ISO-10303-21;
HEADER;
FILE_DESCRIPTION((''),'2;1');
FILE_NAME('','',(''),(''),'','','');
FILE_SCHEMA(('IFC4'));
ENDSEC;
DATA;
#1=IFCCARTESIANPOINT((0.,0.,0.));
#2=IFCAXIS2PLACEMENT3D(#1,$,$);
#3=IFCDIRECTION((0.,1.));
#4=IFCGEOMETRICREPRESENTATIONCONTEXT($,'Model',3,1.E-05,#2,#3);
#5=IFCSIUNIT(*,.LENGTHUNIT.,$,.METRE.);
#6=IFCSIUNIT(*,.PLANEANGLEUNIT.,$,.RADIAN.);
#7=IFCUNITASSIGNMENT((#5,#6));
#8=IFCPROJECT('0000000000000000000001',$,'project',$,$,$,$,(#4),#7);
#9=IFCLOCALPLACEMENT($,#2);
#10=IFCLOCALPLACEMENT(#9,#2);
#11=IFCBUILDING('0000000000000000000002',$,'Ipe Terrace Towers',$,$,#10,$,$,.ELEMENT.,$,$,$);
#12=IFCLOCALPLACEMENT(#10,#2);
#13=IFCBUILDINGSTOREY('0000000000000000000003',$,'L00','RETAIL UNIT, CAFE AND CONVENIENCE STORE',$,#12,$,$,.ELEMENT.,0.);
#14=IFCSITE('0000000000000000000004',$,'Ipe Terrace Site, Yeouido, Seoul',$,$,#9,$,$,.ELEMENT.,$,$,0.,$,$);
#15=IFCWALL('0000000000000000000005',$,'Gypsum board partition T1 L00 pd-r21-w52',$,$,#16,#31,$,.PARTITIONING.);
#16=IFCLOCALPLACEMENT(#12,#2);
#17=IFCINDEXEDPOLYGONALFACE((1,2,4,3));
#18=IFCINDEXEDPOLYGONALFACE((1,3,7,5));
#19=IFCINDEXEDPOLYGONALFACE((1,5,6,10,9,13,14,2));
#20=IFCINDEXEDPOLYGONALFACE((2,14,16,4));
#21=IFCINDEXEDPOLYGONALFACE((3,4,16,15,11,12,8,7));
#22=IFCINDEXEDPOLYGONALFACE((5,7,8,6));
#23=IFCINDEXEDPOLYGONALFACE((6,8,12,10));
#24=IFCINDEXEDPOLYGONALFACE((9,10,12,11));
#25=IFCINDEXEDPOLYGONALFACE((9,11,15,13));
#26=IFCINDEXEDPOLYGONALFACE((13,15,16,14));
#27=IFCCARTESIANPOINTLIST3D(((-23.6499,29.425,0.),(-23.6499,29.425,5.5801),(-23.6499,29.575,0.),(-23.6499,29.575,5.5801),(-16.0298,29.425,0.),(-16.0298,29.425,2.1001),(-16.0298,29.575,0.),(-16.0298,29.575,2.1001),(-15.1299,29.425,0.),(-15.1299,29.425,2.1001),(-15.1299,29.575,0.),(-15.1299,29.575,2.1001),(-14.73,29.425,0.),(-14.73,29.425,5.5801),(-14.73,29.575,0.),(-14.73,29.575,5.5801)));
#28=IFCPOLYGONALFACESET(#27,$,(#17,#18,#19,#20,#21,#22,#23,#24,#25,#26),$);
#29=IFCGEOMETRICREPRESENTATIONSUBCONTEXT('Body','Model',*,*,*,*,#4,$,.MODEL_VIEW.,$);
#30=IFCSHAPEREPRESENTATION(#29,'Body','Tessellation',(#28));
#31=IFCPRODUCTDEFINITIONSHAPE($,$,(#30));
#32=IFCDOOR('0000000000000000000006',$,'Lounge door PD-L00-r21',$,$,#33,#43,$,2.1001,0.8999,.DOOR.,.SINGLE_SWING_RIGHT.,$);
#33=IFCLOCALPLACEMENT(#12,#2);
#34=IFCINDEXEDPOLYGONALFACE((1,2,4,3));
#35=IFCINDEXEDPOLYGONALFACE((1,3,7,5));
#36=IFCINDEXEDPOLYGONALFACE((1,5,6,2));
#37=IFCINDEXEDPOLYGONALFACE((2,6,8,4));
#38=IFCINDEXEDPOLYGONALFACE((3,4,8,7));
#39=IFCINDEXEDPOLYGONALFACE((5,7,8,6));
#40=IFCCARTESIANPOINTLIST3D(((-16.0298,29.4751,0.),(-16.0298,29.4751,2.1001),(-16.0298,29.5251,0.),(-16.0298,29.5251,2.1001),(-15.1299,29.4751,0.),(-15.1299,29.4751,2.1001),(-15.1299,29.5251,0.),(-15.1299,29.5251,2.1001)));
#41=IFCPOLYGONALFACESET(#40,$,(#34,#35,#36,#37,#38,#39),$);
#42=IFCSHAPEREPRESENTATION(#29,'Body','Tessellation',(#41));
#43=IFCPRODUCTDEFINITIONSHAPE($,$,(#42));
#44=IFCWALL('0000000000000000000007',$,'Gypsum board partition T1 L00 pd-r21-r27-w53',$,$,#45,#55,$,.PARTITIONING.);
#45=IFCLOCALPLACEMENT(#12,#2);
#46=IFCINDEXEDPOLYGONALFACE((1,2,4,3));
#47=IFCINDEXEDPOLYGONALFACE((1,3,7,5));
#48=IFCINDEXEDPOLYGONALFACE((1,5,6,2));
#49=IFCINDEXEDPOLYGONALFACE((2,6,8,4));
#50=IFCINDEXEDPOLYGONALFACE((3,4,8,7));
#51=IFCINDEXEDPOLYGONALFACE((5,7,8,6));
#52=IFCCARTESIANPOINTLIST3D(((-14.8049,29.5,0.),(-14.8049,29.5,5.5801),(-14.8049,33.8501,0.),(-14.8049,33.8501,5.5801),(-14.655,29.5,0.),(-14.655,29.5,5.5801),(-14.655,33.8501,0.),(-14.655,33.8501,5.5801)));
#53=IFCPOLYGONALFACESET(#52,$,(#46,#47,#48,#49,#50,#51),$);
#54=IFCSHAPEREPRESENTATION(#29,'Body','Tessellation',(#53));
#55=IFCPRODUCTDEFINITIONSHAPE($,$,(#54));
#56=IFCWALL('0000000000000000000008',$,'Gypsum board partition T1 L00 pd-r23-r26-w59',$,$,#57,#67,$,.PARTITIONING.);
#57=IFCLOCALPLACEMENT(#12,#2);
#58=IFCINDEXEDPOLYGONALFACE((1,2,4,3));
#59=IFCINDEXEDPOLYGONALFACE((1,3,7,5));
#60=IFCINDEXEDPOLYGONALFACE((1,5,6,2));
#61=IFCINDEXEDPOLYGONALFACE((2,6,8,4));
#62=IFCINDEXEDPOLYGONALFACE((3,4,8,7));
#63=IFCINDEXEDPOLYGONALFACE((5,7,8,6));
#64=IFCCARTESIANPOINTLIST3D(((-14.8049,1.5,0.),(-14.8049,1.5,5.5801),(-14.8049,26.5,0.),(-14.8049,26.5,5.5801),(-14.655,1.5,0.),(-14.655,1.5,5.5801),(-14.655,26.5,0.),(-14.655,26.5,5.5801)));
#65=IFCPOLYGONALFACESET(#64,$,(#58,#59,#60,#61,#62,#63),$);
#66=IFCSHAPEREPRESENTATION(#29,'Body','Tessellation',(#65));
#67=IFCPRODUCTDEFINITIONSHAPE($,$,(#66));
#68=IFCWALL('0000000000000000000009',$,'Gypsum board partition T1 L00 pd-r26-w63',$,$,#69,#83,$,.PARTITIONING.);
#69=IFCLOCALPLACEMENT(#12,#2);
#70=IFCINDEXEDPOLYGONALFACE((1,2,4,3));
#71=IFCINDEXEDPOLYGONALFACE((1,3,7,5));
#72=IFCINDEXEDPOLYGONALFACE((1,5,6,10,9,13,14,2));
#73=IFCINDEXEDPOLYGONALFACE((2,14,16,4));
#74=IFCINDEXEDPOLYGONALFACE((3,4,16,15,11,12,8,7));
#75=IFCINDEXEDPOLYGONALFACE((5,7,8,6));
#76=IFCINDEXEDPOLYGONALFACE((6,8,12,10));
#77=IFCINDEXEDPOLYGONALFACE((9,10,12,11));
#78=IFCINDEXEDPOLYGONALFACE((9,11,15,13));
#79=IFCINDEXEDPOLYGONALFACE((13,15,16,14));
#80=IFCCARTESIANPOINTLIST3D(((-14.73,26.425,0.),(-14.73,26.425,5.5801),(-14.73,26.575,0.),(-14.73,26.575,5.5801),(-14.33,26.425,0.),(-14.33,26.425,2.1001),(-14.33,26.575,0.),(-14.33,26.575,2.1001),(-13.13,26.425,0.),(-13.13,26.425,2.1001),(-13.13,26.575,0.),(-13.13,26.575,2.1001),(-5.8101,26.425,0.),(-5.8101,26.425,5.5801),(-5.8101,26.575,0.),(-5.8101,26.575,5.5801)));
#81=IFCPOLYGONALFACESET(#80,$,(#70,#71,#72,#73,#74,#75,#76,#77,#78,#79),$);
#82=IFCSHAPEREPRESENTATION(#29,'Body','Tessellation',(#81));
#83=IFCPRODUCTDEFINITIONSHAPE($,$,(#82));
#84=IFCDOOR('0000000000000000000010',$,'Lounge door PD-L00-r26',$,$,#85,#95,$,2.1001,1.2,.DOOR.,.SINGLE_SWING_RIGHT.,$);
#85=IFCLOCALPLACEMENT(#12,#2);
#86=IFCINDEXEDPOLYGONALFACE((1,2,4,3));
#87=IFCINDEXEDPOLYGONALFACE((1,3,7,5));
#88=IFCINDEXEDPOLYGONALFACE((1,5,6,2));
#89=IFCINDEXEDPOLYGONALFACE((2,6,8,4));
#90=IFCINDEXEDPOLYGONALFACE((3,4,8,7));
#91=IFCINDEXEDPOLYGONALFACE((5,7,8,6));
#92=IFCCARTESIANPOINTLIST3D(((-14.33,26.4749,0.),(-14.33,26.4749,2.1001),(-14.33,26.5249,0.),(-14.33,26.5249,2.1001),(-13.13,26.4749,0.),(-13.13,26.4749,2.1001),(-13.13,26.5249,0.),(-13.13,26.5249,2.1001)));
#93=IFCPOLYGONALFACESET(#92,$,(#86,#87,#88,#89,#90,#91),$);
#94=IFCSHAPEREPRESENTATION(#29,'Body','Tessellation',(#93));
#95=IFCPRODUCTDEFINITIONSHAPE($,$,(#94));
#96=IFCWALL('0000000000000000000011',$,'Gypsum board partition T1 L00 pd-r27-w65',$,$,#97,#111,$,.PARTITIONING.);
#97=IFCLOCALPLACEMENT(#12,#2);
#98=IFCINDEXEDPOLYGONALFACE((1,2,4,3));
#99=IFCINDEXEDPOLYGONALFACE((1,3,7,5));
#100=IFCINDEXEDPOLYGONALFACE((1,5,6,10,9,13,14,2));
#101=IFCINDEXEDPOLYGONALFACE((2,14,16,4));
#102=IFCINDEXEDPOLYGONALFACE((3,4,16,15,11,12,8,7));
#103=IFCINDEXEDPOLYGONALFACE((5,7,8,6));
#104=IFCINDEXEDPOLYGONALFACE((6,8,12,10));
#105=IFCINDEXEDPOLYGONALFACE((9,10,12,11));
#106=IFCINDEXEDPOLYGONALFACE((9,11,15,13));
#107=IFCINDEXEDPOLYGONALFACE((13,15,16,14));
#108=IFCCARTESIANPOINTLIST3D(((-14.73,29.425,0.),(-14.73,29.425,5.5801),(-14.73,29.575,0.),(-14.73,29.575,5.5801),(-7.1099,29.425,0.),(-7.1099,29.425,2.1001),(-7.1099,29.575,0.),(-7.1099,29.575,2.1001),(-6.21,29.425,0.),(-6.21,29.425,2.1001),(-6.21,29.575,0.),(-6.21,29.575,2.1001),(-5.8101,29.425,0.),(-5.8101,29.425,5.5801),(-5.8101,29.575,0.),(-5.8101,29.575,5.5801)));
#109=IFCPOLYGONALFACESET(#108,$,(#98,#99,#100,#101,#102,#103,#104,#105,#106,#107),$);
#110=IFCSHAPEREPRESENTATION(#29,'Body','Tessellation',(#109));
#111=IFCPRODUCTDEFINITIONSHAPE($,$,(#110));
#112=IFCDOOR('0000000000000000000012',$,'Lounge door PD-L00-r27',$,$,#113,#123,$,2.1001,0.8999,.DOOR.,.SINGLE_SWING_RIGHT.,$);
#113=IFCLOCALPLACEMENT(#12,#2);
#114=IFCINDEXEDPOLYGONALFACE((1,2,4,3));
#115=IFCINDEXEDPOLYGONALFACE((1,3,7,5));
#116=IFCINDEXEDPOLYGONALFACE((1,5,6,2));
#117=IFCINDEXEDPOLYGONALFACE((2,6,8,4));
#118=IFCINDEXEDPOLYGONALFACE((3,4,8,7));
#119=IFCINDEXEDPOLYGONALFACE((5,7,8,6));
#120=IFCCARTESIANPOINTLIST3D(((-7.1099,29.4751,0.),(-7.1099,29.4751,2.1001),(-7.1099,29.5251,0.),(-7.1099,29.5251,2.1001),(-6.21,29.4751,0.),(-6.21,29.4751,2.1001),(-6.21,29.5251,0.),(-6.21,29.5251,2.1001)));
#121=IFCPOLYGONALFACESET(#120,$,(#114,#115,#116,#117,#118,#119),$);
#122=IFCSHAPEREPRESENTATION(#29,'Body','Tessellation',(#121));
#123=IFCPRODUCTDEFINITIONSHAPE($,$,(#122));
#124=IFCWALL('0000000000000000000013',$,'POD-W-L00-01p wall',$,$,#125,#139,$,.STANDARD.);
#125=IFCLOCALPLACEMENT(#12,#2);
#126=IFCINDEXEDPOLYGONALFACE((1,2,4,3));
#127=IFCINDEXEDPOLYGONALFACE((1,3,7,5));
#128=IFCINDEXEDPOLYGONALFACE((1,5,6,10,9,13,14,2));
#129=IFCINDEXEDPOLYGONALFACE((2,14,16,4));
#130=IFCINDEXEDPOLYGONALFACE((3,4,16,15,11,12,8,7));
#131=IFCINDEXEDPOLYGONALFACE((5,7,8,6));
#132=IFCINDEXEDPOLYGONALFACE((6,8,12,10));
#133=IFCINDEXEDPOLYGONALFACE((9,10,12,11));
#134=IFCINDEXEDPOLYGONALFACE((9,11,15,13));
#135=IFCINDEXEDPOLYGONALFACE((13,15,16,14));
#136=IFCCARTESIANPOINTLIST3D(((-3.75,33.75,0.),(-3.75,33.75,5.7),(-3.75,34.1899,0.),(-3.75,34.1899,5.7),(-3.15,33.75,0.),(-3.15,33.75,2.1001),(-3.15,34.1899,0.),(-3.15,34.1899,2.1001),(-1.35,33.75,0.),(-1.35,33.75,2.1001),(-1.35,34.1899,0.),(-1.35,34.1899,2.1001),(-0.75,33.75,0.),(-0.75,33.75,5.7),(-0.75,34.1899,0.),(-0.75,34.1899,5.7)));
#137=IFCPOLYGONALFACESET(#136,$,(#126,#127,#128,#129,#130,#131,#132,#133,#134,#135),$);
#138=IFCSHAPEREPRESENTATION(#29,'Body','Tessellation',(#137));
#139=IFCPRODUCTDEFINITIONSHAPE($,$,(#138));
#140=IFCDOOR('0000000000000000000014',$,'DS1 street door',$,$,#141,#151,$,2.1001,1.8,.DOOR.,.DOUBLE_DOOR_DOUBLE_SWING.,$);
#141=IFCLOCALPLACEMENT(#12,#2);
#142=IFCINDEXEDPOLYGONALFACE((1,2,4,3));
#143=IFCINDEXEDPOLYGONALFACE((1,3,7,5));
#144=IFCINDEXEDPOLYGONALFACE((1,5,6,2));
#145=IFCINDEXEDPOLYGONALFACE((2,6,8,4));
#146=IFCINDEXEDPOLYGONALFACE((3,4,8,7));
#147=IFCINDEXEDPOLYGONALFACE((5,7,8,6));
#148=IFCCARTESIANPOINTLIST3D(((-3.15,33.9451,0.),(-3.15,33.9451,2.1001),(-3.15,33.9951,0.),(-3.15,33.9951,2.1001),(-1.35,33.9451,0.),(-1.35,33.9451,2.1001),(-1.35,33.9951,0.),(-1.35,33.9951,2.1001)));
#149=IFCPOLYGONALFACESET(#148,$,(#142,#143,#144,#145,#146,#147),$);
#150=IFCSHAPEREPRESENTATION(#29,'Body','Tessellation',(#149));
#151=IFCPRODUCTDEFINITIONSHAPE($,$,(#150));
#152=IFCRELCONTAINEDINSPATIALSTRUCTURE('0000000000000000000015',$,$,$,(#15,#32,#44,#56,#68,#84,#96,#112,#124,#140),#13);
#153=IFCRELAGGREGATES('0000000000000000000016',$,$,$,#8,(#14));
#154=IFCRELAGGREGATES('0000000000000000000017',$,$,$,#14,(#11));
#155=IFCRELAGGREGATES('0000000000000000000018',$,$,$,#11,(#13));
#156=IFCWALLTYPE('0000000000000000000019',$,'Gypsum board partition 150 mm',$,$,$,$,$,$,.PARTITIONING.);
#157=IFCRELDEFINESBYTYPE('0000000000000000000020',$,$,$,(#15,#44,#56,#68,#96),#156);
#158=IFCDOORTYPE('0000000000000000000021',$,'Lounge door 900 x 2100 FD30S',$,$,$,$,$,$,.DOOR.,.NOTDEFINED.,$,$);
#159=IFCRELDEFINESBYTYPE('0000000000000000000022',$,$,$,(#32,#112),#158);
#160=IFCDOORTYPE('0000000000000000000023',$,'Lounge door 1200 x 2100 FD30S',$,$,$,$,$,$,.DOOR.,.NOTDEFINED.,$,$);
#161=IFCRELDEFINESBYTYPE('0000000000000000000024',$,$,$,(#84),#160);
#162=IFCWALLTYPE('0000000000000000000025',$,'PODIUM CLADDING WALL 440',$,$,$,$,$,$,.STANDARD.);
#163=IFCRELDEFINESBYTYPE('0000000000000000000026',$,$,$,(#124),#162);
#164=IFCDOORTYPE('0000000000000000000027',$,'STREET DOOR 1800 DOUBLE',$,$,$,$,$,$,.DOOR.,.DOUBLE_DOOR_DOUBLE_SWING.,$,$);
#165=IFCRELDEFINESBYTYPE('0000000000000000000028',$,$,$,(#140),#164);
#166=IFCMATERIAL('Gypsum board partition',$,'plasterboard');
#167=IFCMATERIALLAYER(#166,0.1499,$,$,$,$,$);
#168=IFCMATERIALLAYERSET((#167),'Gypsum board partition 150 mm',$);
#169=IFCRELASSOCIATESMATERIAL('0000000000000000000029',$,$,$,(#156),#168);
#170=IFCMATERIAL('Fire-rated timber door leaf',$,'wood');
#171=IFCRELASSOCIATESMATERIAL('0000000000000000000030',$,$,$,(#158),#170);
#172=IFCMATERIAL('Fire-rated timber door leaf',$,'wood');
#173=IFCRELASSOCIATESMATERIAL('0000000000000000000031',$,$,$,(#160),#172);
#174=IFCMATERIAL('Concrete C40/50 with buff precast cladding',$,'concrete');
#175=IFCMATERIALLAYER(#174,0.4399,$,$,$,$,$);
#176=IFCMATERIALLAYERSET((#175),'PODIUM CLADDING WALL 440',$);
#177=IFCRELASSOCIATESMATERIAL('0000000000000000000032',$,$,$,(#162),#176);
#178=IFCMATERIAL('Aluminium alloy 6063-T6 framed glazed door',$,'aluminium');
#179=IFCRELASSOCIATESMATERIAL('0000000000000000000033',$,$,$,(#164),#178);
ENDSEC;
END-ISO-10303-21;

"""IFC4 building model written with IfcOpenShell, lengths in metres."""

from ifc_helpers import new_model, si_unit, direction, frame, frame_2d, origin, place, context, subcontext, project, spatial, rectangle, extrude, material, layer, layer_set, type_object, element, fill, save


model = new_model("IFC4")

# Units and contexts
model_context = context("Model", 3, precision=1e-05, world=origin(), true_north=direction((0.0, 1.0)))
body_context = subcontext(model_context, "Body", "Model", "MODEL_VIEW")
ifc_project = project(units=[si_unit("LENGTHUNIT", "METRE"), si_unit("PLANEANGLEUNIT", "RADIAN")], contexts=[model_context])

# Site, building, storey
site_placement = place(None, origin())
site = spatial("IfcSite", under=ifc_project, at=site_placement, Name="Ipe Terrace Site, Yeouido, Seoul", CompositionType="ELEMENT", RefElevation=0.0)
building_placement = place(site_placement, origin())
building = spatial("IfcBuilding", under=site, at=building_placement, Name="Ipe Terrace Towers", CompositionType="ELEMENT")
storey_placement = place(building_placement, origin())
storey = spatial("IfcBuildingStorey", under=building, at=storey_placement, Name="L00", Description="RETAIL UNIT, CAFE AND CONVENIENCE STORE", CompositionType="ELEMENT", Elevation=0.0)

# Wall, opening, door
ifc_material_1 = material(Name="Gypsum board partition", Category="plasterboard")
ifc_layer_1 = layer(ifc_material_1, 0.1499)
ifc_layer_set_1 = layer_set([ifc_layer_1], Name="Gypsum board partition 150 mm")
wall_type_1 = type_object("IfcWallType", Name="Gypsum board partition 150 mm", PredefinedType="PARTITIONING", material=ifc_layer_set_1)
wall_1_placement = place(storey_placement, frame((-14.73, 29.5, 0.0), z_axis=(0.0, 0.0, 1.0), x_axis=(-1.0, 0.0, 0.0)))
wall_1 = element("IfcWall", 1, at=wall_1_placement, inside=storey, type_object=wall_type_1, Name="Gypsum board partition T1 L00 pd-r21-w52", PredefinedType="PARTITIONING", context=body_context, shape_type="SweptSolid", body=[
    extrude(rectangle(XDim=8.9199, YDim=0.1499, at=frame_2d((4.46, 0.0))), origin(), (0.0, 0.0, 1.0), 5.5801),
])
opening_1_placement = place(wall_1_placement, frame((0.3999, 0.0, 0.0)))
opening_1 = element("IfcOpeningElement", 2, at=opening_1_placement, cuts=wall_1, PredefinedType="OPENING", context=body_context, shape_type="SweptSolid", body=[
    extrude(rectangle(XDim=0.8999, YDim=2.1001, at=frame_2d((0.45, 1.05))), frame((0.0, 0.085, 0.0), z_axis=(0.0, -1.0, 0.0), x_axis=(1.0, 0.0, 0.0)), (0.0, 0.0, 1.0), 0.1699),
])
ifc_material_2 = material(Name="Fire-rated timber door leaf", Category="wood")
door_type_1 = type_object("IfcDoorType", Name="Lounge door 900 x 2100 FD30S", OperationType="NOTDEFINED", PredefinedType="DOOR", material=ifc_material_2)
door_1_placement = place(opening_1_placement, origin())
door_1 = element("IfcDoor", 3, at=door_1_placement, inside=storey, type_object=door_type_1, Name="Lounge door PD-L00-r21", OperationType="SINGLE_SWING_RIGHT", OverallHeight=2.1001, OverallWidth=0.8999, PredefinedType="DOOR", context=body_context, shape_type="SweptSolid", body=[
    extrude(rectangle(XDim=0.8999, YDim=2.1001, at=frame_2d((0.45, 1.05))), frame((0.0, 0.0249, 0.0), z_axis=(0.0, -1.0, 0.0), x_axis=(1.0, 0.0, 0.0)), (0.0, 0.0, 1.0), 0.05),
])
fill(opening_1, door_1)

# Walls
wall_2_placement = place(storey_placement, frame((-14.73, 33.8501, 0.0), z_axis=(0.0, 0.0, 1.0), x_axis=(0.0, -1.0, 0.0)))
element("IfcWall", 4, at=wall_2_placement, inside=storey, type_object=wall_type_1, Name="Gypsum board partition T1 L00 pd-r21-r27-w53", PredefinedType="PARTITIONING", context=body_context, shape_type="SweptSolid", body=[
    extrude(rectangle(XDim=4.3501, YDim=0.1499, at=frame_2d((2.175, 0.0))), origin(), (0.0, 0.0, 1.0), 5.5801),
])
wall_3_placement = place(storey_placement, frame((-14.73, 26.5, 0.0), z_axis=(0.0, 0.0, 1.0), x_axis=(0.0, -1.0, 0.0)))
element("IfcWall", 5, at=wall_3_placement, inside=storey, type_object=wall_type_1, Name="Gypsum board partition T1 L00 pd-r23-r26-w59", PredefinedType="PARTITIONING", context=body_context, shape_type="SweptSolid", body=[
    extrude(rectangle(XDim=25.0, YDim=0.1499, at=frame_2d((12.5, 0.0))), origin(), (0.0, 0.0, 1.0), 5.5801),
])

# Walls, openings, doors
wall_4_placement = place(storey_placement, frame((-14.73, 26.5, 0.0), z_axis=(0.0, 0.0, 1.0), x_axis=(1.0, 0.0, 0.0)))
wall_4 = element("IfcWall", 6, at=wall_4_placement, inside=storey, type_object=wall_type_1, Name="Gypsum board partition T1 L00 pd-r26-w63", PredefinedType="PARTITIONING", context=body_context, shape_type="SweptSolid", body=[
    extrude(rectangle(XDim=8.9199, YDim=0.1499, at=frame_2d((4.46, 0.0))), origin(), (0.0, 0.0, 1.0), 5.5801),
])
opening_2_placement = place(wall_4_placement, frame((0.3999, 0.0, 0.0)))
opening_2 = element("IfcOpeningElement", 7, at=opening_2_placement, cuts=wall_4, PredefinedType="OPENING", context=body_context, shape_type="SweptSolid", body=[
    extrude(rectangle(XDim=1.2, YDim=2.1001, at=frame_2d((0.6001, 1.05))), frame((0.0, 0.085, 0.0), z_axis=(0.0, -1.0, 0.0), x_axis=(1.0, 0.0, 0.0)), (0.0, 0.0, 1.0), 0.1699),
])
ifc_material_3 = material(Name="Fire-rated timber door leaf", Category="wood")
door_type_2 = type_object("IfcDoorType", Name="Lounge door 1200 x 2100 FD30S", OperationType="NOTDEFINED", PredefinedType="DOOR", material=ifc_material_3)
door_2_placement = place(opening_2_placement, origin())
door_2 = element("IfcDoor", 8, at=door_2_placement, inside=storey, type_object=door_type_2, Name="Lounge door PD-L00-r26", OperationType="SINGLE_SWING_RIGHT", OverallHeight=2.1001, OverallWidth=1.2, PredefinedType="DOOR", context=body_context, shape_type="SweptSolid", body=[
    extrude(rectangle(XDim=1.2, YDim=2.1001, at=frame_2d((0.6001, 1.05))), frame((0.0, 0.0249, 0.0), z_axis=(0.0, -1.0, 0.0), x_axis=(1.0, 0.0, 0.0)), (0.0, 0.0, 1.0), 0.05),
])
fill(opening_2, door_2)
wall_5_placement = place(storey_placement, frame((-5.8101, 29.5, 0.0), z_axis=(0.0, 0.0, 1.0), x_axis=(-1.0, 0.0, 0.0)))
wall_5 = element("IfcWall", 9, at=wall_5_placement, inside=storey, type_object=wall_type_1, Name="Gypsum board partition T1 L00 pd-r27-w65", PredefinedType="PARTITIONING", context=body_context, shape_type="SweptSolid", body=[
    extrude(rectangle(XDim=8.9199, YDim=0.1499, at=frame_2d((4.46, 0.0))), origin(), (0.0, 0.0, 1.0), 5.5801),
])
opening_3_placement = place(wall_5_placement, frame((0.3999, 0.0, 0.0)))
opening_3 = element("IfcOpeningElement", 10, at=opening_3_placement, cuts=wall_5, PredefinedType="OPENING", context=body_context, shape_type="SweptSolid", body=[
    extrude(rectangle(XDim=0.8999, YDim=2.1001, at=frame_2d((0.45, 1.05))), frame((0.0, 0.085, 0.0), z_axis=(0.0, -1.0, 0.0), x_axis=(1.0, 0.0, 0.0)), (0.0, 0.0, 1.0), 0.1699),
])
door_3_placement = place(opening_3_placement, origin())
door_3 = element("IfcDoor", 11, at=door_3_placement, inside=storey, type_object=door_type_1, Name="Lounge door PD-L00-r27", OperationType="SINGLE_SWING_RIGHT", OverallHeight=2.1001, OverallWidth=0.8999, PredefinedType="DOOR", context=body_context, shape_type="SweptSolid", body=[
    extrude(rectangle(XDim=0.8999, YDim=2.1001, at=frame_2d((0.45, 1.05))), frame((0.0, 0.0249, 0.0), z_axis=(0.0, -1.0, 0.0), x_axis=(1.0, 0.0, 0.0)), (0.0, 0.0, 1.0), 0.05),
])
fill(opening_3, door_3)
ifc_material_4 = material(Name="Concrete C40/50 with buff precast cladding", Category="concrete")
ifc_layer_2 = layer(ifc_material_4, 0.4399)
ifc_layer_set_2 = layer_set([ifc_layer_2], Name="PODIUM CLADDING WALL 440")
wall_type_2 = type_object("IfcWallType", Name="PODIUM CLADDING WALL 440", PredefinedType="STANDARD", material=ifc_layer_set_2)
wall_6_placement = place(storey_placement, frame((-0.75, 33.97, 0.0), z_axis=(0.0, 0.0, 1.0), x_axis=(-1.0, 0.0, 0.0)))
wall_6 = element("IfcWall", 12, at=wall_6_placement, inside=storey, type_object=wall_type_2, Name="POD-W-L00-01p wall", PredefinedType="STANDARD", context=body_context, shape_type="SweptSolid", body=[
    extrude(rectangle(XDim=3.0, YDim=0.4399, at=frame_2d((1.5, 0.0))), origin(), (0.0, 0.0, 1.0), 5.7),
])
opening_4_placement = place(wall_6_placement, frame((0.6001, 0.0, 0.0)))
opening_4 = element("IfcOpeningElement", 13, at=opening_4_placement, cuts=wall_6, PredefinedType="OPENING", context=body_context, shape_type="SweptSolid", body=[
    extrude(rectangle(XDim=1.8, YDim=2.1001, at=frame_2d((0.8999, 1.05))), frame((0.0, 0.23, 0.0), z_axis=(0.0, -1.0, 0.0), x_axis=(1.0, 0.0, 0.0)), (0.0, 0.0, 1.0), 0.46),
])
ifc_material_5 = material(Name="Aluminium alloy 6063-T6 framed glazed door", Category="aluminium")
door_type_3 = type_object("IfcDoorType", Name="STREET DOOR 1800 DOUBLE", OperationType="DOUBLE_DOOR_DOUBLE_SWING", PredefinedType="DOOR", material=ifc_material_5)
door_4_placement = place(opening_4_placement, origin())
door_4 = element("IfcDoor", 14, at=door_4_placement, inside=storey, type_object=door_type_3, Name="DS1 street door", OperationType="DOUBLE_DOOR_DOUBLE_SWING", OverallHeight=2.1001, OverallWidth=1.8, PredefinedType="DOOR", context=body_context, shape_type="SweptSolid", body=[
    extrude(rectangle(XDim=1.8, YDim=2.1001, at=frame_2d((0.8999, 1.05))), frame((0.0, 0.0249, 0.0), z_axis=(0.0, -1.0, 0.0), x_axis=(1.0, 0.0, 0.0)), (0.0, 0.0, 1.0), 0.05),
])
fill(opening_4, door_4)

save(model, "model.ifc")
